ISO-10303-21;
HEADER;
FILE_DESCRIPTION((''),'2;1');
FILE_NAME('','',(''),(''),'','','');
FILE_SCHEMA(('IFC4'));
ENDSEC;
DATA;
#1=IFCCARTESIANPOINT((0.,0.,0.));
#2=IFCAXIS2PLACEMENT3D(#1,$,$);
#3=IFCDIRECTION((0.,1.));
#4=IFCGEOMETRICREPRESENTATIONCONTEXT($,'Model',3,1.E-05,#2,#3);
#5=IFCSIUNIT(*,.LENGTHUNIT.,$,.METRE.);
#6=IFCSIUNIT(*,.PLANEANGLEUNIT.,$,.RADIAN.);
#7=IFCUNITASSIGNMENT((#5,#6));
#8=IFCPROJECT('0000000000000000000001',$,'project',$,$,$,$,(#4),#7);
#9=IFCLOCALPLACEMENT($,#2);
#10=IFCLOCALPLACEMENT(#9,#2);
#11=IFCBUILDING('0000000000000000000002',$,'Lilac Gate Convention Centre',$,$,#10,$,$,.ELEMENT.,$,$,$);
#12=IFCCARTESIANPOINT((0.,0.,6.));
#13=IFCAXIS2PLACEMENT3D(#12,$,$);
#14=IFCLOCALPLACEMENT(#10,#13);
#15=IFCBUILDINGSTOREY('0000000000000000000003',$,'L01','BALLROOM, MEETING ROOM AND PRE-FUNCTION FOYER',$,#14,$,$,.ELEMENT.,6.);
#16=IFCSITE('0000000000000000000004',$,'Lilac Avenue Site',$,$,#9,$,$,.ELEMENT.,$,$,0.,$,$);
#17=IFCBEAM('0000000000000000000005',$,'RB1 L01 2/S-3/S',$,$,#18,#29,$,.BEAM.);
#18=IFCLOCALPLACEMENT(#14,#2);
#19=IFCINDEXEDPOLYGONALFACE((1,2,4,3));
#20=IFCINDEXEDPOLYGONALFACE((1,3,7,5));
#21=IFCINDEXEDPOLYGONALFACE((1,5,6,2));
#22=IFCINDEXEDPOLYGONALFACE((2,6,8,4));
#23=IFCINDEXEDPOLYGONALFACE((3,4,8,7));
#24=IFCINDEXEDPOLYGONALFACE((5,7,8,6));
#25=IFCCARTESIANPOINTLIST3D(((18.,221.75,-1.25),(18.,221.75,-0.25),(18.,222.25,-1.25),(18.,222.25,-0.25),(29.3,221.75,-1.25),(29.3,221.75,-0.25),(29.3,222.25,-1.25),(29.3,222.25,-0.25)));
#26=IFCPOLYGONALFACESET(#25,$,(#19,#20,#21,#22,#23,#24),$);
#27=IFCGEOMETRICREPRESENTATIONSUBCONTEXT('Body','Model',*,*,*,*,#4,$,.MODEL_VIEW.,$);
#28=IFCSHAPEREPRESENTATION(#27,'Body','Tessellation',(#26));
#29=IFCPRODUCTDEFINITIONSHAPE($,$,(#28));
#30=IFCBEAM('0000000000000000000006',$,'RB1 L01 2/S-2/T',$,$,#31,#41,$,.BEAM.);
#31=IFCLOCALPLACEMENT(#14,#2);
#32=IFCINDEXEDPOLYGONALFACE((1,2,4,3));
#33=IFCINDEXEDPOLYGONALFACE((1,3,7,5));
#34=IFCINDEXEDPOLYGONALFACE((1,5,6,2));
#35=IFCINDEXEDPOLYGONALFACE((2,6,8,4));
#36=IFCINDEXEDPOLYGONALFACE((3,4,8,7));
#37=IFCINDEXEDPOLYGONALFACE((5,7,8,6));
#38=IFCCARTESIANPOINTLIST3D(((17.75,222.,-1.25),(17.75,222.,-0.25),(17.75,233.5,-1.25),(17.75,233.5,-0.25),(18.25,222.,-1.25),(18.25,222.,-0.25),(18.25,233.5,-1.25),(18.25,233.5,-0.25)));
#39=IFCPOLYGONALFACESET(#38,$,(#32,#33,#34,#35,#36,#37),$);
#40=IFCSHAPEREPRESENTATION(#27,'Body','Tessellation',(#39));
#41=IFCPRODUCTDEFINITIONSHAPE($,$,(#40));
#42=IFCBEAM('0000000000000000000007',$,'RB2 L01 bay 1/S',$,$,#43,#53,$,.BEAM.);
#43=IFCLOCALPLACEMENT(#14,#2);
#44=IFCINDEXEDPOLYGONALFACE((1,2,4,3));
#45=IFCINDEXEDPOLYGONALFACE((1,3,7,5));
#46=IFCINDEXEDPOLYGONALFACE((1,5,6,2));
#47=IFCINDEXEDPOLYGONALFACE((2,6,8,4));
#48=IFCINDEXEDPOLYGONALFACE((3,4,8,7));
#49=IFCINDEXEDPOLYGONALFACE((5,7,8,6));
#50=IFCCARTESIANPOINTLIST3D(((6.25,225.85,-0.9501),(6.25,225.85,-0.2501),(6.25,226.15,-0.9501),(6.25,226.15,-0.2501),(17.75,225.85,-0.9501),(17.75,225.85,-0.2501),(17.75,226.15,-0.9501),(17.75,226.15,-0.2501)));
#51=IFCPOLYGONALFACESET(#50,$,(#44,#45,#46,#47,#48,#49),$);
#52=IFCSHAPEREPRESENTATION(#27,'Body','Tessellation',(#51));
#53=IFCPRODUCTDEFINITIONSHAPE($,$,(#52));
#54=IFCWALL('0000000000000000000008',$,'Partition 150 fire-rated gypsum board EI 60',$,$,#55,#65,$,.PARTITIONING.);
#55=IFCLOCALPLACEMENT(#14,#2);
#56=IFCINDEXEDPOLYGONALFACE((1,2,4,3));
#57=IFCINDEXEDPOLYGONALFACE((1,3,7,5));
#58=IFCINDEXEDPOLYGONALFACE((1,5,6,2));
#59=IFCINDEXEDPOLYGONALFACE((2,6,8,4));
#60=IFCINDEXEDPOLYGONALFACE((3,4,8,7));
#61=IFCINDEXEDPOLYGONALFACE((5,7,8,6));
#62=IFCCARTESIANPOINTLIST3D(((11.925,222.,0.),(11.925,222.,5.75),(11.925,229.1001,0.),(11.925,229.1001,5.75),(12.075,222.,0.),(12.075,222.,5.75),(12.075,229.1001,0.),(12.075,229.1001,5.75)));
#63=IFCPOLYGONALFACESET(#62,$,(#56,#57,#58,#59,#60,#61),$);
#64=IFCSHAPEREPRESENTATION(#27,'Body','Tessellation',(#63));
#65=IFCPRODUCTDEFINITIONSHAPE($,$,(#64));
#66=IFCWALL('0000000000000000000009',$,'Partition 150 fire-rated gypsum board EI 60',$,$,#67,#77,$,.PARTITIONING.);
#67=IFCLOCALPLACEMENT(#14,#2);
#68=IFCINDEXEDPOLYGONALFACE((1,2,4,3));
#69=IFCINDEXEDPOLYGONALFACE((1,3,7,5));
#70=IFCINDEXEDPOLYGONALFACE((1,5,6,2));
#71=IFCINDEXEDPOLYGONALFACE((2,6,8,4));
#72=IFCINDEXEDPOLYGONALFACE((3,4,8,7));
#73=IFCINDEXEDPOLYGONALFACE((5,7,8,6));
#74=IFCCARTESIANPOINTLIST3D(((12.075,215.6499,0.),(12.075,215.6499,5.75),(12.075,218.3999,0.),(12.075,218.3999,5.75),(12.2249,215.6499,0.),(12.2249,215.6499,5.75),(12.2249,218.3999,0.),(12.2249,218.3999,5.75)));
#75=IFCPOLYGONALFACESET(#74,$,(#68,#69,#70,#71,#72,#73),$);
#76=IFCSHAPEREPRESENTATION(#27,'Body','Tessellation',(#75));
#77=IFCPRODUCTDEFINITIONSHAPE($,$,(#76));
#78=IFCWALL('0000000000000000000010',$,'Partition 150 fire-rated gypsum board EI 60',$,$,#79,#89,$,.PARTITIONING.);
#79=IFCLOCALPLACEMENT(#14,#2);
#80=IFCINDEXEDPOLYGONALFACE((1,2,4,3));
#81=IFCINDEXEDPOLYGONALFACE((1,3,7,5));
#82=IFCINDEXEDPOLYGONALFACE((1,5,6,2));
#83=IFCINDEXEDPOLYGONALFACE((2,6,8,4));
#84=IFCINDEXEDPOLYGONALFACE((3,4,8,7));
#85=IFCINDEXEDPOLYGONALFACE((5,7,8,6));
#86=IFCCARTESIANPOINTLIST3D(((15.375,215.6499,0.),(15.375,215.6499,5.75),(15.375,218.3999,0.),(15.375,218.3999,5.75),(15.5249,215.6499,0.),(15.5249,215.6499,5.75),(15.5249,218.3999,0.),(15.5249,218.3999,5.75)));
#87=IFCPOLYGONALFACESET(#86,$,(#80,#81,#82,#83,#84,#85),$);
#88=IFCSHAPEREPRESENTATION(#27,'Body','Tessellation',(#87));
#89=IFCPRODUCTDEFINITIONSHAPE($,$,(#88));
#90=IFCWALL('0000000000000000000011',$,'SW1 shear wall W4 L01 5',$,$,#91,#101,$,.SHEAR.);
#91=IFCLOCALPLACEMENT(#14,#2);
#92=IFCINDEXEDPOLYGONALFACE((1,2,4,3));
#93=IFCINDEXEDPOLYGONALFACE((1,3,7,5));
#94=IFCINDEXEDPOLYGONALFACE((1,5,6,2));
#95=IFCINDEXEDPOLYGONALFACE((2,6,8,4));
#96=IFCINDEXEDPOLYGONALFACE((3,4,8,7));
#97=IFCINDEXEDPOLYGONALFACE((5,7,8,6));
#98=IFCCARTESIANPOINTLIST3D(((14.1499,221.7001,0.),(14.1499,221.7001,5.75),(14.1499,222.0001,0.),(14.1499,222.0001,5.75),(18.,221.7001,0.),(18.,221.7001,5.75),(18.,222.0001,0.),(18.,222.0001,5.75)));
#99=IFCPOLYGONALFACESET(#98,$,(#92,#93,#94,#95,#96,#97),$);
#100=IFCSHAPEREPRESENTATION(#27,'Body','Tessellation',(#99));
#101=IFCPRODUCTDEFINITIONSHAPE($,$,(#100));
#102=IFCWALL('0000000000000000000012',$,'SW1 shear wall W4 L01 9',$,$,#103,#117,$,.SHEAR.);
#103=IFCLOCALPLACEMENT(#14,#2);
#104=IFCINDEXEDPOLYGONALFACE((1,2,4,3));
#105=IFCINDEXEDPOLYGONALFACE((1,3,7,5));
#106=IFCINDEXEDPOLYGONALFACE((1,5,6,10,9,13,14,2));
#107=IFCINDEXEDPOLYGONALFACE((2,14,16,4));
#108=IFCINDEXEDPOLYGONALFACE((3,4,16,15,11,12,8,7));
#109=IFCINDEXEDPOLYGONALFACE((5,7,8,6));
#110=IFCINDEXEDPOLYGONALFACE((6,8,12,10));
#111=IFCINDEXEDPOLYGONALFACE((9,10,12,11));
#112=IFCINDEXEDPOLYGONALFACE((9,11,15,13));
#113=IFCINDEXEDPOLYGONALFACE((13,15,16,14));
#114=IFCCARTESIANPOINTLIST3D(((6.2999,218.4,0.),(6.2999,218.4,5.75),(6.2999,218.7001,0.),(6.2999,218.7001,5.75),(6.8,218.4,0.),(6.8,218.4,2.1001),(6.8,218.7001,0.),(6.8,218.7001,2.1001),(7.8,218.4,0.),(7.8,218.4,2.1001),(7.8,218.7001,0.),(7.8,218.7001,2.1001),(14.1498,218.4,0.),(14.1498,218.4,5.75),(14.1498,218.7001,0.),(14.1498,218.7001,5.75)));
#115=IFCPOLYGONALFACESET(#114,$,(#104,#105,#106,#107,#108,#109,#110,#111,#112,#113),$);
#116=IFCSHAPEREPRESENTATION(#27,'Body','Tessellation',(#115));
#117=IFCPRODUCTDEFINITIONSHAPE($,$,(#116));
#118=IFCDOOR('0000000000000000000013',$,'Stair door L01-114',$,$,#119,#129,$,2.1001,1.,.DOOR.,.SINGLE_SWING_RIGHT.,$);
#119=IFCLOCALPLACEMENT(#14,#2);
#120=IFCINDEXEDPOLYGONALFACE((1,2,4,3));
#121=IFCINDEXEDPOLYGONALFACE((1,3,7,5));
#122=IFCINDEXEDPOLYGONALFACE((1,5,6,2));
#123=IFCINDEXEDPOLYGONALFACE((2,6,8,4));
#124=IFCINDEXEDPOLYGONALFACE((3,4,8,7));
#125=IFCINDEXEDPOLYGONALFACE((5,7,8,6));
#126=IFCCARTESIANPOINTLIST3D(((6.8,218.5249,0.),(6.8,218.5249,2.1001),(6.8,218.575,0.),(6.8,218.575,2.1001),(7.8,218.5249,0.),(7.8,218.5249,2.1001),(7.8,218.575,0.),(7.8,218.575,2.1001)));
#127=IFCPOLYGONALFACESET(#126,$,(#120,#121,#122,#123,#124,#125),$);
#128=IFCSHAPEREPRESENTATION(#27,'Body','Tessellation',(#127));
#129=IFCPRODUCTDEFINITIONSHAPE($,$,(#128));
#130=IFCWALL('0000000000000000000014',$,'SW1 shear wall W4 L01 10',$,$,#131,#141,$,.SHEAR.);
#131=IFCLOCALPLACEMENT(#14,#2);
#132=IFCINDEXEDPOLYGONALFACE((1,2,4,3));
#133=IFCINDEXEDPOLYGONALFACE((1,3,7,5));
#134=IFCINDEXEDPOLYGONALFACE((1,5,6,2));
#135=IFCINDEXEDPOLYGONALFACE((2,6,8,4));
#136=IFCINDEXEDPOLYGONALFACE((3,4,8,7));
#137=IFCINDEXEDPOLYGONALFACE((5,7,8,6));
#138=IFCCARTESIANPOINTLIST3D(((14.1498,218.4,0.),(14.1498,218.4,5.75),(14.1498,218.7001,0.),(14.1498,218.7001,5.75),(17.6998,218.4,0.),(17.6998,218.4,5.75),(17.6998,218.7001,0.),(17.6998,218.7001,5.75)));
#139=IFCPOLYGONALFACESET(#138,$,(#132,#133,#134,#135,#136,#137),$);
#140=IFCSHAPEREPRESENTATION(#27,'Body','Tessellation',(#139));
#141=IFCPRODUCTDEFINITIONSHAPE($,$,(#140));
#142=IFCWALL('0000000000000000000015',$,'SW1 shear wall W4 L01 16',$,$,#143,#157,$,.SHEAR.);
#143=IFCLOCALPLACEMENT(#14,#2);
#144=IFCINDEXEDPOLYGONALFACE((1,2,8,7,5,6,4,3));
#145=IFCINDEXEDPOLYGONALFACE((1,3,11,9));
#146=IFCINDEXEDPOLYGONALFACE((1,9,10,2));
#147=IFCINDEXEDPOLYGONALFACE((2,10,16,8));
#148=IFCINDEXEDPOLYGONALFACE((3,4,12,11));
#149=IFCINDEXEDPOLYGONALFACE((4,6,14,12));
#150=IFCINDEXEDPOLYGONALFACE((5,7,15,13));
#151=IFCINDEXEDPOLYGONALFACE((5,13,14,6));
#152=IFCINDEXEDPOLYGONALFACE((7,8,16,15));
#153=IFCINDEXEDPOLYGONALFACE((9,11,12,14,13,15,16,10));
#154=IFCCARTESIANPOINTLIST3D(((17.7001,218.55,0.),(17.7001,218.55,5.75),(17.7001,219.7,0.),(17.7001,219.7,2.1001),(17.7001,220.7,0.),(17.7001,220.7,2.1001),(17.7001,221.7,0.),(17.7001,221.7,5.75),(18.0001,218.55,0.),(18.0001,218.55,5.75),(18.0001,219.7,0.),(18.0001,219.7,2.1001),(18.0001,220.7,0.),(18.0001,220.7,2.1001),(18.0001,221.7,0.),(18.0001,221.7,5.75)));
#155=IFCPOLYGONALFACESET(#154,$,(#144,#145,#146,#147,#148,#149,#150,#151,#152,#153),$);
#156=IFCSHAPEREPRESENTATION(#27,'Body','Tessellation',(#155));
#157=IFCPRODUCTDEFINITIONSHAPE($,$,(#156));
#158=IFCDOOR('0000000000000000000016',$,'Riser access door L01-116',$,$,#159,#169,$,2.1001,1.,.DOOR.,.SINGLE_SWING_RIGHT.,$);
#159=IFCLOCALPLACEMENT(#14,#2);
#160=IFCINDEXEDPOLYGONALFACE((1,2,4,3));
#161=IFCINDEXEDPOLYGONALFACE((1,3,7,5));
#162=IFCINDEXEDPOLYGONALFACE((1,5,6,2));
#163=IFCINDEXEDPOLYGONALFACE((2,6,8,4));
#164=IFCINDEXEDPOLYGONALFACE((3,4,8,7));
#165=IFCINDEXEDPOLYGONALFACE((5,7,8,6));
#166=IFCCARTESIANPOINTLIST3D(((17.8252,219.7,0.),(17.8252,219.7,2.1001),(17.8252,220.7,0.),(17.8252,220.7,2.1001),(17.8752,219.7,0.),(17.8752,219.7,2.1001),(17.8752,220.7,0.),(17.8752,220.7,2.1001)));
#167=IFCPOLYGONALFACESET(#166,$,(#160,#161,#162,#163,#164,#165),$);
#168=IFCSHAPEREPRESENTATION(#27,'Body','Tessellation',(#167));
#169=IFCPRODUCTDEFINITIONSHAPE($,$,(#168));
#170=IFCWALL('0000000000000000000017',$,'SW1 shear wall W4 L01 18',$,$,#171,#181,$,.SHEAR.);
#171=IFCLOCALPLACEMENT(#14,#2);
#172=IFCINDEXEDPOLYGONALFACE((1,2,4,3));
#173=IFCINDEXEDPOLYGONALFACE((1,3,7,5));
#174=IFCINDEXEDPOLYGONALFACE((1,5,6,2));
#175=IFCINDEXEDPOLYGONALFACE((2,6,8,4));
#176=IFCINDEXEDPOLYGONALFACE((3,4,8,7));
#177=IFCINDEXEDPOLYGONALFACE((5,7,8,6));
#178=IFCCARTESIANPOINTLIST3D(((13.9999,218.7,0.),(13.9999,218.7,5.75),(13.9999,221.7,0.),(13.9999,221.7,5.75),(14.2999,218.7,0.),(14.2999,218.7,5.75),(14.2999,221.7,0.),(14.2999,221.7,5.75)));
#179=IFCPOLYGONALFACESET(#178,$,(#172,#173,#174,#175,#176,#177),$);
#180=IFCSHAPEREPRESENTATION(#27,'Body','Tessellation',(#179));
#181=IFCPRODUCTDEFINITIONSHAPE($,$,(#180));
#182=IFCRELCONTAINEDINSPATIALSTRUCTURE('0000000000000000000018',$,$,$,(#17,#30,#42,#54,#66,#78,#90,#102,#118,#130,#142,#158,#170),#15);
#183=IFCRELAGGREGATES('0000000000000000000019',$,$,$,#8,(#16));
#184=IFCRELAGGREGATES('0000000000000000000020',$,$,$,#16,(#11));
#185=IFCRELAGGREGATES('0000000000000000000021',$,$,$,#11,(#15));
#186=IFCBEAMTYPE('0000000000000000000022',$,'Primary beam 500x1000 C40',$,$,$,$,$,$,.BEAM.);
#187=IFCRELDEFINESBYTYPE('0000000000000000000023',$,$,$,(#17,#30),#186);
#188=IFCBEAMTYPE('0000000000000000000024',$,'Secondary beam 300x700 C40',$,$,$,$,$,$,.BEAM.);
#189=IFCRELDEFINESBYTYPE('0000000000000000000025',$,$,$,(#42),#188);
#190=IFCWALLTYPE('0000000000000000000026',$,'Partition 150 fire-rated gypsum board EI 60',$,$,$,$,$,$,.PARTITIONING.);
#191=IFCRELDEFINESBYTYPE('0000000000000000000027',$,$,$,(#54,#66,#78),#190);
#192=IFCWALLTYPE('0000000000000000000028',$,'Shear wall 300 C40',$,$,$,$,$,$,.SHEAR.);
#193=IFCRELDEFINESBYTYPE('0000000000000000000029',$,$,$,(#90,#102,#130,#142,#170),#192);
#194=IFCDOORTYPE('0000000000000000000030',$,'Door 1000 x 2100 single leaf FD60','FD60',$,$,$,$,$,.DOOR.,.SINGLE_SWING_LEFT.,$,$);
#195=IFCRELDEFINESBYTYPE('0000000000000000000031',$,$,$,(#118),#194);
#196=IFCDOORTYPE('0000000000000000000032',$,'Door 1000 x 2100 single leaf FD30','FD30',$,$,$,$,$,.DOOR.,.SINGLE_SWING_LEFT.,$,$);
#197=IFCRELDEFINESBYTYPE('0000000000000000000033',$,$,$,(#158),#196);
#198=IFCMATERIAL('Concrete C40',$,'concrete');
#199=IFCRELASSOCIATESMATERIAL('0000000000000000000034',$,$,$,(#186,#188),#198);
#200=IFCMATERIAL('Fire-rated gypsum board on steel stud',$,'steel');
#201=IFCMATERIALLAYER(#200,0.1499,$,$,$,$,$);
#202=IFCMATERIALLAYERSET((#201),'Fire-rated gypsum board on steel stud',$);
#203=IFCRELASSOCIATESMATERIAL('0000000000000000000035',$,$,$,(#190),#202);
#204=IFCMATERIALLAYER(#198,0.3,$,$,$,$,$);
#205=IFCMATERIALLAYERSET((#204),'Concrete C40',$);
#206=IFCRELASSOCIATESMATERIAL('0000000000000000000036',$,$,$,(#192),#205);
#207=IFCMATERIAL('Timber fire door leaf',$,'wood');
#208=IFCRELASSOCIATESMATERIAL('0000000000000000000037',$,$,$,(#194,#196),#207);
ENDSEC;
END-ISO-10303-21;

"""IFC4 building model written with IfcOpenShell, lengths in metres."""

from ifc_helpers import new_model, si_unit, direction, frame, frame_2d, origin, origin_2d, place, context, subcontext, project, spatial, rectangle, extrude, material, layer, layer_set, material_profile, profile_set, type_object, element, fill, save


model = new_model("IFC4")

# Units and contexts
model_context = context("Model", 3, precision=1e-05, world=origin(), true_north=direction((0.0, 1.0)))
body_context = subcontext(model_context, "Body", "Model", "MODEL_VIEW")
ifc_project = project(units=[si_unit("LENGTHUNIT", "METRE"), si_unit("PLANEANGLEUNIT", "RADIAN")], contexts=[model_context])

# Site, building, storey
site_placement = place(None, origin())
site = spatial("IfcSite", under=ifc_project, at=site_placement, Name="Lilac Avenue Site", CompositionType="ELEMENT", RefElevation=0.0)
building_placement = place(site_placement, origin())
building = spatial("IfcBuilding", under=site, at=building_placement, Name="Lilac Gate Convention Centre", CompositionType="ELEMENT")
storey_placement = place(building_placement, frame((0.0, 0.0, 6.0)))
storey = spatial("IfcBuildingStorey", under=building, at=storey_placement, Name="L01", Description="BALLROOM, MEETING ROOM AND PRE-FUNCTION FOYER", CompositionType="ELEMENT", Elevation=6.0)

# Beams
ifc_material_1 = material(Name="Concrete C40", Category="concrete")
ifc_material_profile_1 = material_profile(ifc_material_1, rectangle(XDim=0.5, YDim=1.0, at=origin_2d()), Name="RC 500x1000")
ifc_profile_set_1 = profile_set([ifc_material_profile_1], Name="Concrete C40")
beam_type_1 = type_object("IfcBeamType", Name="Primary beam 500x1000 C40", PredefinedType="BEAM", material=ifc_profile_set_1)
beam_1_placement = place(storey_placement, frame((18.0, 222.0, -0.75), z_axis=(1.0, 0.0, 0.0), x_axis=(0.0, 1.0, 0.0)))
element("IfcBeam", 1, at=beam_1_placement, inside=storey, type_object=beam_type_1, Name="RB1 L01 2/S-3/S", PredefinedType="BEAM", context=body_context, shape_type="SweptSolid", body=[
    extrude(rectangle(XDim=0.5, YDim=1.0, at=origin_2d()), origin(), (0.0, 0.0, 1.0), 11.3),
])
beam_2_placement = place(storey_placement, frame((18.0, 222.0, -0.75), z_axis=(0.0, 1.0, 0.0), x_axis=(-1.0, 0.0, 0.0)))
element("IfcBeam", 2, at=beam_2_placement, inside=storey, type_object=beam_type_1, Name="RB1 L01 2/S-2/T", PredefinedType="BEAM", context=body_context, shape_type="SweptSolid", body=[
    extrude(rectangle(XDim=0.5, YDim=1.0, at=origin_2d()), origin(), (0.0, 0.0, 1.0), 11.5),
])
ifc_material_profile_2 = material_profile(ifc_material_1, rectangle(XDim=0.3, YDim=0.7, at=origin_2d()), Name="RC 300x700")
ifc_profile_set_2 = profile_set([ifc_material_profile_2], Name="Concrete C40")
beam_type_2 = type_object("IfcBeamType", Name="Secondary beam 300x700 C40", PredefinedType="BEAM", material=ifc_profile_set_2)
beam_3_placement = place(storey_placement, frame((6.25, 226.0, -0.6001), z_axis=(1.0, 0.0, 0.0), x_axis=(0.0, 1.0, 0.0)))
element("IfcBeam", 3, at=beam_3_placement, inside=storey, type_object=beam_type_2, Name="RB2 L01 bay 1/S", PredefinedType="BEAM", context=body_context, shape_type="SweptSolid", body=[
    extrude(rectangle(XDim=0.3, YDim=0.7, at=origin_2d()), origin(), (0.0, 0.0, 1.0), 11.5),
])

# Walls
ifc_material_2 = material(Name="Fire-rated gypsum board on steel stud", Category="steel")
ifc_layer_1 = layer(ifc_material_2, 0.1499)
ifc_layer_set_1 = layer_set([ifc_layer_1], Name="Fire-rated gypsum board on steel stud")
wall_type_1 = type_object("IfcWallType", Name="Partition 150 fire-rated gypsum board EI 60", PredefinedType="PARTITIONING", material=ifc_layer_set_1)
wall_1_placement = place(storey_placement, frame((12.0, 222.0, 0.0), z_axis=(0.0, 0.0, 1.0), x_axis=(0.0, 1.0, 0.0)))
element("IfcWall", 4, at=wall_1_placement, inside=storey, type_object=wall_type_1, Name="Partition 150 fire-rated gypsum board EI 60", PredefinedType="PARTITIONING", context=body_context, shape_type="SweptSolid", body=[
    extrude(rectangle(XDim=7.1001, YDim=0.1499, at=frame_2d((3.55, 0.0))), origin(), (0.0, 0.0, 1.0), 5.75),
])
for number, where, z_axis, x_axis, name in (
    (5, (12.1499, 215.6499, 0.0), (0.0, 0.0, 1.0), (0.0, 1.0, 0.0), "Partition 150 fire-rated gypsum board EI 60"),
    (6, (15.45, 215.6499, 0.0), (0.0, 0.0, 1.0), (0.0, 1.0, 0.0), "Partition 150 fire-rated gypsum board EI 60"),
):
    element("IfcWall", number, at=place(storey_placement, frame(where, z_axis=z_axis, x_axis=x_axis)), inside=storey, type_object=wall_type_1, Name=name, PredefinedType="PARTITIONING", context=body_context, shape_type="SweptSolid", body=[
        extrude(rectangle(XDim=2.75, YDim=0.1499, at=frame_2d((1.375, 0.0))), origin(), (0.0, 0.0, 1.0), 5.75),
    ])
ifc_layer_2 = layer(ifc_material_1, 0.3)
ifc_layer_set_2 = layer_set([ifc_layer_2], Name="Concrete C40")
wall_type_2 = type_object("IfcWallType", Name="Shear wall 300 C40", PredefinedType="SHEAR", material=ifc_layer_set_2)
wall_2_placement = place(storey_placement, frame((14.1499, 221.8501, 0.0), z_axis=(0.0, 0.0, 1.0), x_axis=(1.0, 0.0, 0.0)))
element("IfcWall", 7, at=wall_2_placement, inside=storey, type_object=wall_type_2, Name="SW1 shear wall W4 L01 5", PredefinedType="SHEAR", context=body_context, shape_type="SweptSolid", body=[
    extrude(rectangle(XDim=3.8501, YDim=0.3, at=frame_2d((1.925, 0.0))), origin(), (0.0, 0.0, 1.0), 5.75),
])

# Wall, opening, door
wall_3_placement = place(storey_placement, frame((6.3, 218.55, 0.0), z_axis=(0.0, 0.0, 1.0), x_axis=(1.0, 0.0, 0.0)))
wall_3 = element("IfcWall", 8, at=wall_3_placement, inside=storey, type_object=wall_type_2, Name="SW1 shear wall W4 L01 9", PredefinedType="SHEAR", context=body_context, shape_type="SweptSolid", body=[
    extrude(rectangle(XDim=7.8499, YDim=0.3, at=frame_2d((3.9248, 0.0))), origin(), (0.0, 0.0, 1.0), 5.75),
])
opening_1_placement = place(wall_3_placement, frame((0.5, 0.0, 0.0)))
opening_1 = element("IfcOpeningElement", 9, at=opening_1_placement, cuts=wall_3, PredefinedType="OPENING", context=body_context, shape_type="SweptSolid", body=[
    extrude(rectangle(XDim=1.0, YDim=2.1001, at=frame_2d((0.5, 1.05))), frame((0.0, 0.1599, 0.0), z_axis=(0.0, -1.0, 0.0), x_axis=(1.0, 0.0, 0.0)), (0.0, 0.0, 1.0), 0.3201),
])
ifc_material_3 = material(Name="Timber fire door leaf", Category="wood")
door_type_1 = type_object("IfcDoorType", Name="Door 1000 x 2100 single leaf FD60", Description="FD60", OperationType="SINGLE_SWING_LEFT", PredefinedType="DOOR", material=ifc_material_3)
door_1_placement = place(opening_1_placement, origin())
door_1 = element("IfcDoor", 10, at=door_1_placement, inside=storey, type_object=door_type_1, Name="Stair door L01-114", OperationType="SINGLE_SWING_RIGHT", OverallHeight=2.1001, OverallWidth=1.0, PredefinedType="DOOR", context=body_context, shape_type="SweptSolid", body=[
    extrude(rectangle(XDim=1.0, YDim=2.1001, at=frame_2d((0.5, 1.05))), frame((0.0, 0.0249, 0.0), z_axis=(0.0, -1.0, 0.0), x_axis=(1.0, 0.0, 0.0)), (0.0, 0.0, 1.0), 0.05),
])
fill(opening_1, door_1)

# Wall
wall_4_placement = place(storey_placement, frame((14.1499, 218.55, 0.0), z_axis=(0.0, 0.0, 1.0), x_axis=(1.0, 0.0, 0.0)))
element("IfcWall", 11, at=wall_4_placement, inside=storey, type_object=wall_type_2, Name="SW1 shear wall W4 L01 10", PredefinedType="SHEAR", context=body_context, shape_type="SweptSolid", body=[
    extrude(rectangle(XDim=3.55, YDim=0.3, at=frame_2d((1.7749, 0.0))), origin(), (0.0, 0.0, 1.0), 5.75),
])

# Wall, opening, door
wall_5_placement = place(storey_placement, frame((17.8501, 218.55, 0.0), z_axis=(0.0, 0.0, 1.0), x_axis=(0.0, 1.0, 0.0)))
wall_5 = element("IfcWall", 12, at=wall_5_placement, inside=storey, type_object=wall_type_2, Name="SW1 shear wall W4 L01 16", PredefinedType="SHEAR", context=body_context, shape_type="SweptSolid", body=[
    extrude(rectangle(XDim=3.1499, YDim=0.3, at=frame_2d((1.575, 0.0))), origin(), (0.0, 0.0, 1.0), 5.75),
])
opening_2_placement = place(wall_5_placement, frame((1.1499, 0.0, 0.0)))
opening_2 = element("IfcOpeningElement", 13, at=opening_2_placement, cuts=wall_5, PredefinedType="OPENING", context=body_context, shape_type="SweptSolid", body=[
    extrude(rectangle(XDim=1.0, YDim=2.1001, at=frame_2d((0.5, 1.05))), frame((0.0, 0.1599, 0.0), z_axis=(0.0, -1.0, 0.0), x_axis=(1.0, 0.0, 0.0)), (0.0, 0.0, 1.0), 0.3201),
])
door_type_2 = type_object("IfcDoorType", Name="Door 1000 x 2100 single leaf FD30", Description="FD30", OperationType="SINGLE_SWING_LEFT", PredefinedType="DOOR", material=ifc_material_3)
door_2_placement = place(opening_2_placement, origin())
door_2 = element("IfcDoor", 14, at=door_2_placement, inside=storey, type_object=door_type_2, Name="Riser access door L01-116", OperationType="SINGLE_SWING_RIGHT", OverallHeight=2.1001, OverallWidth=1.0, PredefinedType="DOOR", context=body_context, shape_type="SweptSolid", body=[
    extrude(rectangle(XDim=1.0, YDim=2.1001, at=frame_2d((0.5, 1.05))), frame((0.0, 0.0249, 0.0), z_axis=(0.0, -1.0, 0.0), x_axis=(1.0, 0.0, 0.0)), (0.0, 0.0, 1.0), 0.05),
])
fill(opening_2, door_2)

# Wall
wall_6_placement = place(storey_placement, frame((14.1499, 218.7, 0.0), z_axis=(0.0, 0.0, 1.0), x_axis=(0.0, 1.0, 0.0)))
element("IfcWall", 15, at=wall_6_placement, inside=storey, type_object=wall_type_2, Name="SW1 shear wall W4 L01 18", PredefinedType="SHEAR", context=body_context, shape_type="SweptSolid", body=[
    extrude(rectangle(XDim=3.0, YDim=0.3, at=frame_2d((1.5, 0.0))), origin(), (0.0, 0.0, 1.0), 5.75),
])

save(model, "model.ifc")
